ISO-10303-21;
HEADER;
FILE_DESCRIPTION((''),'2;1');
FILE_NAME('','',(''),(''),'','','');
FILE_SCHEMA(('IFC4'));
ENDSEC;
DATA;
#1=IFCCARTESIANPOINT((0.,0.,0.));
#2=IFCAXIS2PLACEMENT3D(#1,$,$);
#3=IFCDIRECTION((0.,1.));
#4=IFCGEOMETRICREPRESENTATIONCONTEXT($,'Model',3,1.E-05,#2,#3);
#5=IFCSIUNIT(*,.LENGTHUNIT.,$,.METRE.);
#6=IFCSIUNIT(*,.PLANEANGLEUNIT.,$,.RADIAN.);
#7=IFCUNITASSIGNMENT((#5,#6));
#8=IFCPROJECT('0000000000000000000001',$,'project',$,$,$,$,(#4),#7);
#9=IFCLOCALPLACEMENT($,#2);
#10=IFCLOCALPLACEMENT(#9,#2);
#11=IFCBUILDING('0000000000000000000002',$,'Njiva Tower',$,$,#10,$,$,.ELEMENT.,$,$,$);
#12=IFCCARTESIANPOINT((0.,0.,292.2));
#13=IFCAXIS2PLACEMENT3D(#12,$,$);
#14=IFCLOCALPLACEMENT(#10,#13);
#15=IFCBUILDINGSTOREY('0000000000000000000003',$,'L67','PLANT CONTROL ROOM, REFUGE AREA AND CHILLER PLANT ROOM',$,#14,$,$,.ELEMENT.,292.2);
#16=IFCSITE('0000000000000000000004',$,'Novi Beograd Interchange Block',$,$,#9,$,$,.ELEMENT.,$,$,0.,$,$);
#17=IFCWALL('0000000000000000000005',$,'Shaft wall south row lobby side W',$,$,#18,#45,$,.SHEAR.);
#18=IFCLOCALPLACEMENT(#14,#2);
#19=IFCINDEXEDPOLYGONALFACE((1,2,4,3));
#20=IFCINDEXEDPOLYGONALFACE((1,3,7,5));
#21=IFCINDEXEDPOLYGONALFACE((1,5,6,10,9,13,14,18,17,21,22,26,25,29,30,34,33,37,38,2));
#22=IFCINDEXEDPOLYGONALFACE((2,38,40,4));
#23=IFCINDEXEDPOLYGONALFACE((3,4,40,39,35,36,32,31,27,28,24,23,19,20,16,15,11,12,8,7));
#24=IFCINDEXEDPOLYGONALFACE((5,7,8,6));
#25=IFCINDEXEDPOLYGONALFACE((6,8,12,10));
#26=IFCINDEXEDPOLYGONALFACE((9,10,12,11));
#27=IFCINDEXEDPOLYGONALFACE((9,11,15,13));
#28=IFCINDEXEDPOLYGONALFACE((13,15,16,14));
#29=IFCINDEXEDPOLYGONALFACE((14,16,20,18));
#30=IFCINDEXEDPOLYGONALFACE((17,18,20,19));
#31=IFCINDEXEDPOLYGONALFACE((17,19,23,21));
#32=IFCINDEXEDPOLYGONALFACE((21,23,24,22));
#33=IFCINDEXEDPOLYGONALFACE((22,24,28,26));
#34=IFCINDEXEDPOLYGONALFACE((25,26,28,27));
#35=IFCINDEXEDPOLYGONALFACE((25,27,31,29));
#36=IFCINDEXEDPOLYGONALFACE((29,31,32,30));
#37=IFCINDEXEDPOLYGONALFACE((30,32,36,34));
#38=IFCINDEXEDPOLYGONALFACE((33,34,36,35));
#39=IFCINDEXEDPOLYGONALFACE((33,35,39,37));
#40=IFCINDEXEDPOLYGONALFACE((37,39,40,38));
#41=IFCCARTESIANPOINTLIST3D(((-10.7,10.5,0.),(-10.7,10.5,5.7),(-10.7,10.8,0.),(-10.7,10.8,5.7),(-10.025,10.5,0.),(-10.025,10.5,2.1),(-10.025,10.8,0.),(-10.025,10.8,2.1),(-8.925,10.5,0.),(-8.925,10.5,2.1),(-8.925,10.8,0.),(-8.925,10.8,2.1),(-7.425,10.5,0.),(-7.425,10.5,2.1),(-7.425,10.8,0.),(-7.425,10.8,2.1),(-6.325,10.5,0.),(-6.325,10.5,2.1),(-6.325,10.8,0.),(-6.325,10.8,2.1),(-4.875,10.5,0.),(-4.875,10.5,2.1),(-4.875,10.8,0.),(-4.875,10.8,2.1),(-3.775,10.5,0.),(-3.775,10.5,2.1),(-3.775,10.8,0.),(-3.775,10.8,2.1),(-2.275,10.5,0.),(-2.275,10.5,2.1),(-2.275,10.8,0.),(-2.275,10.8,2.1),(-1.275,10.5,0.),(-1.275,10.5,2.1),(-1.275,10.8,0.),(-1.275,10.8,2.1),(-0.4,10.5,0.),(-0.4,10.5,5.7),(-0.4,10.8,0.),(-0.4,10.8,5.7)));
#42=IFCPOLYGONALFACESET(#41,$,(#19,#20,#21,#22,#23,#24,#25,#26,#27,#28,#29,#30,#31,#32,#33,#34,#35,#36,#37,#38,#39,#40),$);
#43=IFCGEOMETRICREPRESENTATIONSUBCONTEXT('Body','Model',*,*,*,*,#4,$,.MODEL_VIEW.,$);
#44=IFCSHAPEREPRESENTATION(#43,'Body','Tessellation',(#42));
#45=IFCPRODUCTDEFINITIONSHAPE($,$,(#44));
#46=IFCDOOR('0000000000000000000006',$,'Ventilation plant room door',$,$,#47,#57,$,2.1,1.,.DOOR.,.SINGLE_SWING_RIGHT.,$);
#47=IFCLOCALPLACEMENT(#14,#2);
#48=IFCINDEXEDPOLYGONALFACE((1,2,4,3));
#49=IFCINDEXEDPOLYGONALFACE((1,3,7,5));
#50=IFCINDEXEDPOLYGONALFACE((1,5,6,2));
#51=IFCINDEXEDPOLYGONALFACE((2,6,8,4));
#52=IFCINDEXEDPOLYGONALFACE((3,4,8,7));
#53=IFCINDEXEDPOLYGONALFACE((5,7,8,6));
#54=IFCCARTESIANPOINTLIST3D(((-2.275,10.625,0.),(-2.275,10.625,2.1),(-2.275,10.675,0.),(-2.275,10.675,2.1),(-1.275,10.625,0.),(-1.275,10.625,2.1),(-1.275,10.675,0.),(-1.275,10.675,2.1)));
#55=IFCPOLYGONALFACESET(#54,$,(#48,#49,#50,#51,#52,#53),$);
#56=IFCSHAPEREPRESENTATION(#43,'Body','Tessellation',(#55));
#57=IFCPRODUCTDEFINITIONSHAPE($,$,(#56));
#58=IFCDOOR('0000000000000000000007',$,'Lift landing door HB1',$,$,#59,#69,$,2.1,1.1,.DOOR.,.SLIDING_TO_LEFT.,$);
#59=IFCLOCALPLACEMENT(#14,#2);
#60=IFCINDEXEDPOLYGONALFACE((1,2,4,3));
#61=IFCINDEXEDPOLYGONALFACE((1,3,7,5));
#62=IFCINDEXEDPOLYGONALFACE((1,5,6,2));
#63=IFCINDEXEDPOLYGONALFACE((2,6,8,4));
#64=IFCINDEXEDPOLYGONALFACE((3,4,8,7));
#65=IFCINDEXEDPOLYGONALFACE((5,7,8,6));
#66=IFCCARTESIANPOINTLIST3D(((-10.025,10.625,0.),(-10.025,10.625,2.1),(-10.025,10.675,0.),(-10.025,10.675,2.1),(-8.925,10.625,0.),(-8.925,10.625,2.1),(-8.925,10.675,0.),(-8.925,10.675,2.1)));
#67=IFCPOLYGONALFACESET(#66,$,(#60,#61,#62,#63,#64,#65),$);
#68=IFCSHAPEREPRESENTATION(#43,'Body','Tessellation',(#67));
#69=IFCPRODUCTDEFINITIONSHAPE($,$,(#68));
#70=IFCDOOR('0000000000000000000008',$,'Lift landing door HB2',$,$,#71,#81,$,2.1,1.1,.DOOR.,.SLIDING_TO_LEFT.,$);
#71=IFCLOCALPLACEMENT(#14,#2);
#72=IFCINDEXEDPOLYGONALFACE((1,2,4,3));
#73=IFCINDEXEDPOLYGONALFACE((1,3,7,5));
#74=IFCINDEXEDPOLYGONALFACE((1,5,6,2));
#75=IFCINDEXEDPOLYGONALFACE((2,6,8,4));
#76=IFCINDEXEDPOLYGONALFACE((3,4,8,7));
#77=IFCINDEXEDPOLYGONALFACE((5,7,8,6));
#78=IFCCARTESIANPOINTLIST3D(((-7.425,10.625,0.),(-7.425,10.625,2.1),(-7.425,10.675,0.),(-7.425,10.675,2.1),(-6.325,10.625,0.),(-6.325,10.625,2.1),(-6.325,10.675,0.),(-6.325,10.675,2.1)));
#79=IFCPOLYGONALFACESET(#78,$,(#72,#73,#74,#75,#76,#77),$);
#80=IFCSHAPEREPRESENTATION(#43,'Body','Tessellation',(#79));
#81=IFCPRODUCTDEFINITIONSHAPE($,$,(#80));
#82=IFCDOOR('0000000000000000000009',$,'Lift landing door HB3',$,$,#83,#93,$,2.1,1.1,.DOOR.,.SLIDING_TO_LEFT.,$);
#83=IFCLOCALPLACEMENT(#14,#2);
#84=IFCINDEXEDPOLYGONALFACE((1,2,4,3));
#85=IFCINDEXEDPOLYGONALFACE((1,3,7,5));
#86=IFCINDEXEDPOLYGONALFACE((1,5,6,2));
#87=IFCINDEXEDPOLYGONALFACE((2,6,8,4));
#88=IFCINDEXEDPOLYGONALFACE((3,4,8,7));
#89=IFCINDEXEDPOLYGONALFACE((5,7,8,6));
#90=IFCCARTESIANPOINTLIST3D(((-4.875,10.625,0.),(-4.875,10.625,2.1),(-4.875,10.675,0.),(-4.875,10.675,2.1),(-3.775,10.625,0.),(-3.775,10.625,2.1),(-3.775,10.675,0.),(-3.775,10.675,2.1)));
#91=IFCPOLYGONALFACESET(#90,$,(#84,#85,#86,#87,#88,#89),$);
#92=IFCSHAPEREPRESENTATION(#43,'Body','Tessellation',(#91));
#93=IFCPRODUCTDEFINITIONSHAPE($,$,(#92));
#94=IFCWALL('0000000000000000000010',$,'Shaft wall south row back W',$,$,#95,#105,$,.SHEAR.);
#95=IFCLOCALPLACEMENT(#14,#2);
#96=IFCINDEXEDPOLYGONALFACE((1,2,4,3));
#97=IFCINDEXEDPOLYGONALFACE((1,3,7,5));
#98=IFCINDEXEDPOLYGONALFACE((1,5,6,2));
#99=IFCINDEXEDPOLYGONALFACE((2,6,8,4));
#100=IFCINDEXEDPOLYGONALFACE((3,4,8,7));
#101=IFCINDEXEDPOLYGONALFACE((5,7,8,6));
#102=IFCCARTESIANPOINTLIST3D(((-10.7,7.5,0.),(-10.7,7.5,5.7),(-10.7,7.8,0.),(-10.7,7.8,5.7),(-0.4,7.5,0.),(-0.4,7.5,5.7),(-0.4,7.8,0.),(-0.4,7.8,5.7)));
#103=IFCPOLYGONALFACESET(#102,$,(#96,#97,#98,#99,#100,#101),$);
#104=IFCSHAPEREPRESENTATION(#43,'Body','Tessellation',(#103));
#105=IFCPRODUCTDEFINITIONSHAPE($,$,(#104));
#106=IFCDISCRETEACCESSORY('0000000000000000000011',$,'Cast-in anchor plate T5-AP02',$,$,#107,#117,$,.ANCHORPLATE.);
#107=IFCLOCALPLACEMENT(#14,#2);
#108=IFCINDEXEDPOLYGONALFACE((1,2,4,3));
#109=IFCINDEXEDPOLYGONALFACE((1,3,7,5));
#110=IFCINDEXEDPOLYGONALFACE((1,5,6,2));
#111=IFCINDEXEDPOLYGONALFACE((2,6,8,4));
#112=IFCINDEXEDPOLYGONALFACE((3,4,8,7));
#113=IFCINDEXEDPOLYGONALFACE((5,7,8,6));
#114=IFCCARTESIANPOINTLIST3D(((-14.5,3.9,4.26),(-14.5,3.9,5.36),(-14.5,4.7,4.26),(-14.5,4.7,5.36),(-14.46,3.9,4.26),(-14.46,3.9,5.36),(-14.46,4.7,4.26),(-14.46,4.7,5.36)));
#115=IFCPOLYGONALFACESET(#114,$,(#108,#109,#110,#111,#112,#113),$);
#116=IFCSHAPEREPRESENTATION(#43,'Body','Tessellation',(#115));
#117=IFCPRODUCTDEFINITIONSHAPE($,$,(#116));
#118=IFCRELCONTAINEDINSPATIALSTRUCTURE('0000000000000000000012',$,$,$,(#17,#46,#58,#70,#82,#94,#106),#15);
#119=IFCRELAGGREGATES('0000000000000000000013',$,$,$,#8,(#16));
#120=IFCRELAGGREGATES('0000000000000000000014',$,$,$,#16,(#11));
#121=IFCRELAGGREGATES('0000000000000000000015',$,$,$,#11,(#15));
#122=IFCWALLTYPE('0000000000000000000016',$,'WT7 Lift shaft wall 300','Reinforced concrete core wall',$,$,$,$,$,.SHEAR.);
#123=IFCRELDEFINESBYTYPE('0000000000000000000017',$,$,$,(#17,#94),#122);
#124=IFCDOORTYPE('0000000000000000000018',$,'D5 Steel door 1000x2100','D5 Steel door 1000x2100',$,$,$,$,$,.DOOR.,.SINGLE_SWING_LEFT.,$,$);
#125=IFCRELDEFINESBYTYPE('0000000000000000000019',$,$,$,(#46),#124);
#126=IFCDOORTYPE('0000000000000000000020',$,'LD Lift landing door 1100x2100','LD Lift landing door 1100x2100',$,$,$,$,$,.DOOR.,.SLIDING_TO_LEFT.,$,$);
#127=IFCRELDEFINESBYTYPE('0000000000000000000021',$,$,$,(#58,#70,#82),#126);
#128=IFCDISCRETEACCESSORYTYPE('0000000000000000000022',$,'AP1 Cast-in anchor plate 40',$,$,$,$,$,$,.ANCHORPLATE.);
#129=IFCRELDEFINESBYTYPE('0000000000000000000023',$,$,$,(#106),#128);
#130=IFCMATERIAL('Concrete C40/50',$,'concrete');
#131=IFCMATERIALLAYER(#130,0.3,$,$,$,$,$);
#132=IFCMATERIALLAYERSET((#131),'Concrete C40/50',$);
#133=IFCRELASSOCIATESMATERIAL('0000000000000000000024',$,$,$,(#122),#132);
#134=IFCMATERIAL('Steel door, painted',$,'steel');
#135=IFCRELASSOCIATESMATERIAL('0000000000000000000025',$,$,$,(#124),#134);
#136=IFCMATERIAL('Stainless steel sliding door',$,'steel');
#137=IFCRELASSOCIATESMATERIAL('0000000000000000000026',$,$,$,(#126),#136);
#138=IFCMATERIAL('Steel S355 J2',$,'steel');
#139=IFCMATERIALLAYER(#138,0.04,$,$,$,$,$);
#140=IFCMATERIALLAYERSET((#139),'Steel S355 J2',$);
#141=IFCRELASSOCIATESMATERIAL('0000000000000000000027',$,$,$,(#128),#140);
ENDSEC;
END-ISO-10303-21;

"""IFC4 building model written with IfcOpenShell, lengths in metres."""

from ifc_helpers import new_model, si_unit, direction, frame, frame_2d, origin, place, context, subcontext, project, spatial, polyline, rectangle, outline, extrude, material, layer, layer_set, type_object, element, fill, save


model = new_model("IFC4")

# Units and contexts
model_context = context("Model", 3, precision=1e-05, world=origin(), true_north=direction((0.0, 1.0)))
body_context = subcontext(model_context, "Body", "Model", "MODEL_VIEW")
ifc_project = project(units=[si_unit("LENGTHUNIT", "METRE"), si_unit("PLANEANGLEUNIT", "RADIAN")], contexts=[model_context])

# Site, building, storey
site_placement = place(None, origin())
site = spatial("IfcSite", under=ifc_project, at=site_placement, Name="Novi Beograd Interchange Block", CompositionType="ELEMENT", RefElevation=0.0)
building_placement = place(site_placement, origin())
building = spatial("IfcBuilding", under=site, at=building_placement, Name="Njiva Tower", CompositionType="ELEMENT")
storey_placement = place(building_placement, frame((0.0, 0.0, 292.2)))
storey = spatial("IfcBuildingStorey", under=building, at=storey_placement, Name="L67", Description="PLANT CONTROL ROOM, REFUGE AREA AND CHILLER PLANT ROOM", CompositionType="ELEMENT", Elevation=292.2)

# Shared definitions
ifc_material_1 = material(Name="Steel S355 J2", Category="steel")

# Shared definitions
ifc_material_2 = material(Name="Concrete C40/50", Category="concrete")
ifc_material_3 = material(Name="Steel door, painted", Category="steel")

# Wall, openings, doors
ifc_layer_1 = layer(ifc_material_2, 0.3)
ifc_layer_set_1 = layer_set([ifc_layer_1], Name="Concrete C40/50")
wall_type_1 = type_object("IfcWallType", Name="WT7 Lift shaft wall 300", Description="Reinforced concrete core wall", PredefinedType="SHEAR", material=ifc_layer_set_1)
wall_1_placement = place(storey_placement, frame((-10.7, 10.65, 0.0), z_axis=(0.0, 0.0, 1.0), x_axis=(1.0, 0.0, 0.0)))
wall_1 = element("IfcWall", 1, at=wall_1_placement, inside=storey, type_object=wall_type_1, Name="Shaft wall south row lobby side W", PredefinedType="SHEAR", context=body_context, shape_type="SweptSolid", body=[
    extrude(rectangle(XDim=10.3, YDim=0.3, at=frame_2d((5.15, 0.0))), origin(), (0.0, 0.0, 1.0), 5.7),
])
opening_1_placement = place(wall_1_placement, frame((0.675, 0.0, 0.0)))
opening_1 = element("IfcOpeningElement", 2, at=opening_1_placement, cuts=wall_1, PredefinedType="OPENING", context=body_context, shape_type="SweptSolid", body=[
    extrude(rectangle(XDim=1.1, YDim=2.1, at=frame_2d((0.55, 1.05))), frame((0.0, 0.16, 0.0), z_axis=(0.0, -1.0, 0.0), x_axis=(1.0, 0.0, 0.0)), (0.0, 0.0, 1.0), 0.32),
])
opening_2_placement = place(wall_1_placement, frame((3.275, 0.0, 0.0)))
opening_2 = element("IfcOpeningElement", 3, at=opening_2_placement, cuts=wall_1, PredefinedType="OPENING", context=body_context, shape_type="SweptSolid", body=[
    extrude(rectangle(XDim=1.1, YDim=2.1, at=frame_2d((0.55, 1.05))), frame((0.0, 0.16, 0.0), z_axis=(0.0, -1.0, 0.0), x_axis=(1.0, 0.0, 0.0)), (0.0, 0.0, 1.0), 0.32),
])
opening_3_placement = place(wall_1_placement, frame((5.825, 0.0, 0.0)))
opening_3 = element("IfcOpeningElement", 4, at=opening_3_placement, cuts=wall_1, PredefinedType="OPENING", context=body_context, shape_type="SweptSolid", body=[
    extrude(rectangle(XDim=1.1, YDim=2.1, at=frame_2d((0.55, 1.05))), frame((0.0, 0.16, 0.0), z_axis=(0.0, -1.0, 0.0), x_axis=(1.0, 0.0, 0.0)), (0.0, 0.0, 1.0), 0.32),
])
opening_4_placement = place(wall_1_placement, frame((8.425, 0.0, 0.0)))
opening_4 = element("IfcOpeningElement", 5, at=opening_4_placement, cuts=wall_1, PredefinedType="OPENING", context=body_context, shape_type="SweptSolid", body=[
    extrude(rectangle(XDim=1.0, YDim=2.1, at=frame_2d((0.5, 1.05))), frame((0.0, 0.16, 0.0), z_axis=(0.0, -1.0, 0.0), x_axis=(1.0, 0.0, 0.0)), (0.0, 0.0, 1.0), 0.32),
])
door_type_1 = type_object("IfcDoorType", Name="D5 Steel door 1000x2100", Description="D5 Steel door 1000x2100", OperationType="SINGLE_SWING_LEFT", PredefinedType="DOOR", material=ifc_material_3)
door_1_placement = place(opening_4_placement, origin())
door_1 = element("IfcDoor", 6, at=door_1_placement, inside=storey, type_object=door_type_1, Name="Ventilation plant room door", OperationType="SINGLE_SWING_RIGHT", OverallHeight=2.1, OverallWidth=1.0, PredefinedType="DOOR", context=body_context, shape_type="SweptSolid", body=[
    extrude(rectangle(XDim=1.0, YDim=2.1, at=frame_2d((0.5, 1.05))), frame((0.0, 0.025, 0.0), z_axis=(0.0, -1.0, 0.0), x_axis=(1.0, 0.0, 0.0)), (0.0, 0.0, 1.0), 0.05),
])
fill(opening_4, door_1)
ifc_material_4 = material(Name="Stainless steel sliding door", Category="steel")
door_type_2 = type_object("IfcDoorType", Name="LD Lift landing door 1100x2100", Description="LD Lift landing door 1100x2100", OperationType="SLIDING_TO_LEFT", PredefinedType="DOOR", material=ifc_material_4)
door_2_placement = place(opening_1_placement, origin())
door_2 = element("IfcDoor", 7, at=door_2_placement, inside=storey, type_object=door_type_2, Name="Lift landing door HB1", OperationType="SLIDING_TO_LEFT", OverallHeight=2.1, OverallWidth=1.1, PredefinedType="DOOR", context=body_context, shape_type="SweptSolid", body=[
    extrude(rectangle(XDim=1.1, YDim=2.1, at=frame_2d((0.55, 1.05))), frame((0.0, 0.025, 0.0), z_axis=(0.0, -1.0, 0.0), x_axis=(1.0, 0.0, 0.0)), (0.0, 0.0, 1.0), 0.05),
])
fill(opening_1, door_2)
door_3_placement = place(opening_2_placement, origin())
door_3 = element("IfcDoor", 8, at=door_3_placement, inside=storey, type_object=door_type_2, Name="Lift landing door HB2", OperationType="SLIDING_TO_LEFT", OverallHeight=2.1, OverallWidth=1.1, PredefinedType="DOOR", context=body_context, shape_type="SweptSolid", body=[
    extrude(rectangle(XDim=1.1, YDim=2.1, at=frame_2d((0.55, 1.05))), frame((0.0, 0.025, 0.0), z_axis=(0.0, -1.0, 0.0), x_axis=(1.0, 0.0, 0.0)), (0.0, 0.0, 1.0), 0.05),
])
fill(opening_2, door_3)
door_4_placement = place(opening_3_placement, origin())
door_4 = element("IfcDoor", 9, at=door_4_placement, inside=storey, type_object=door_type_2, Name="Lift landing door HB3", OperationType="SLIDING_TO_LEFT", OverallHeight=2.1, OverallWidth=1.1, PredefinedType="DOOR", context=body_context, shape_type="SweptSolid", body=[
    extrude(rectangle(XDim=1.1, YDim=2.1, at=frame_2d((0.55, 1.05))), frame((0.0, 0.025, 0.0), z_axis=(0.0, -1.0, 0.0), x_axis=(1.0, 0.0, 0.0)), (0.0, 0.0, 1.0), 0.05),
])
fill(opening_3, door_4)

# Wall
wall_2_placement = place(storey_placement, frame((-10.7, 7.65, 0.0), z_axis=(0.0, 0.0, 1.0), x_axis=(1.0, 0.0, 0.0)))
element("IfcWall", 10, at=wall_2_placement, inside=storey, type_object=wall_type_1, Name="Shaft wall south row back W", PredefinedType="SHEAR", context=body_context, shape_type="SweptSolid", body=[
    extrude(rectangle(XDim=10.3, YDim=0.3, at=frame_2d((5.15, 0.0))), origin(), (0.0, 0.0, 1.0), 5.7),
])

# Discrete accessory
ifc_layer_2 = layer(ifc_material_1, 0.04)
ifc_layer_set_2 = layer_set([ifc_layer_2], Name="Steel S355 J2")
discrete_accessory_type = type_object("IfcDiscreteAccessoryType", Name="AP1 Cast-in anchor plate 40", PredefinedType="ANCHORPLATE", material=ifc_layer_set_2)
discrete_accessory_placement = place(storey_placement, frame((-14.48, 4.3, 4.26)))
element("IfcDiscreteAccessory", 11, at=discrete_accessory_placement, inside=storey, type_object=discrete_accessory_type, Name="Cast-in anchor plate T5-AP02", PredefinedType="ANCHORPLATE", context=body_context, shape_type="SweptSolid", body=[
    extrude(outline(polyline([(-0.02, -0.4), (0.02, -0.4), (0.02, 0.4), (-0.02, 0.4), (-0.02, -0.4)])), origin(), (0.0, 0.0, 1.0), 1.1),
])

save(model, "model.ifc")
